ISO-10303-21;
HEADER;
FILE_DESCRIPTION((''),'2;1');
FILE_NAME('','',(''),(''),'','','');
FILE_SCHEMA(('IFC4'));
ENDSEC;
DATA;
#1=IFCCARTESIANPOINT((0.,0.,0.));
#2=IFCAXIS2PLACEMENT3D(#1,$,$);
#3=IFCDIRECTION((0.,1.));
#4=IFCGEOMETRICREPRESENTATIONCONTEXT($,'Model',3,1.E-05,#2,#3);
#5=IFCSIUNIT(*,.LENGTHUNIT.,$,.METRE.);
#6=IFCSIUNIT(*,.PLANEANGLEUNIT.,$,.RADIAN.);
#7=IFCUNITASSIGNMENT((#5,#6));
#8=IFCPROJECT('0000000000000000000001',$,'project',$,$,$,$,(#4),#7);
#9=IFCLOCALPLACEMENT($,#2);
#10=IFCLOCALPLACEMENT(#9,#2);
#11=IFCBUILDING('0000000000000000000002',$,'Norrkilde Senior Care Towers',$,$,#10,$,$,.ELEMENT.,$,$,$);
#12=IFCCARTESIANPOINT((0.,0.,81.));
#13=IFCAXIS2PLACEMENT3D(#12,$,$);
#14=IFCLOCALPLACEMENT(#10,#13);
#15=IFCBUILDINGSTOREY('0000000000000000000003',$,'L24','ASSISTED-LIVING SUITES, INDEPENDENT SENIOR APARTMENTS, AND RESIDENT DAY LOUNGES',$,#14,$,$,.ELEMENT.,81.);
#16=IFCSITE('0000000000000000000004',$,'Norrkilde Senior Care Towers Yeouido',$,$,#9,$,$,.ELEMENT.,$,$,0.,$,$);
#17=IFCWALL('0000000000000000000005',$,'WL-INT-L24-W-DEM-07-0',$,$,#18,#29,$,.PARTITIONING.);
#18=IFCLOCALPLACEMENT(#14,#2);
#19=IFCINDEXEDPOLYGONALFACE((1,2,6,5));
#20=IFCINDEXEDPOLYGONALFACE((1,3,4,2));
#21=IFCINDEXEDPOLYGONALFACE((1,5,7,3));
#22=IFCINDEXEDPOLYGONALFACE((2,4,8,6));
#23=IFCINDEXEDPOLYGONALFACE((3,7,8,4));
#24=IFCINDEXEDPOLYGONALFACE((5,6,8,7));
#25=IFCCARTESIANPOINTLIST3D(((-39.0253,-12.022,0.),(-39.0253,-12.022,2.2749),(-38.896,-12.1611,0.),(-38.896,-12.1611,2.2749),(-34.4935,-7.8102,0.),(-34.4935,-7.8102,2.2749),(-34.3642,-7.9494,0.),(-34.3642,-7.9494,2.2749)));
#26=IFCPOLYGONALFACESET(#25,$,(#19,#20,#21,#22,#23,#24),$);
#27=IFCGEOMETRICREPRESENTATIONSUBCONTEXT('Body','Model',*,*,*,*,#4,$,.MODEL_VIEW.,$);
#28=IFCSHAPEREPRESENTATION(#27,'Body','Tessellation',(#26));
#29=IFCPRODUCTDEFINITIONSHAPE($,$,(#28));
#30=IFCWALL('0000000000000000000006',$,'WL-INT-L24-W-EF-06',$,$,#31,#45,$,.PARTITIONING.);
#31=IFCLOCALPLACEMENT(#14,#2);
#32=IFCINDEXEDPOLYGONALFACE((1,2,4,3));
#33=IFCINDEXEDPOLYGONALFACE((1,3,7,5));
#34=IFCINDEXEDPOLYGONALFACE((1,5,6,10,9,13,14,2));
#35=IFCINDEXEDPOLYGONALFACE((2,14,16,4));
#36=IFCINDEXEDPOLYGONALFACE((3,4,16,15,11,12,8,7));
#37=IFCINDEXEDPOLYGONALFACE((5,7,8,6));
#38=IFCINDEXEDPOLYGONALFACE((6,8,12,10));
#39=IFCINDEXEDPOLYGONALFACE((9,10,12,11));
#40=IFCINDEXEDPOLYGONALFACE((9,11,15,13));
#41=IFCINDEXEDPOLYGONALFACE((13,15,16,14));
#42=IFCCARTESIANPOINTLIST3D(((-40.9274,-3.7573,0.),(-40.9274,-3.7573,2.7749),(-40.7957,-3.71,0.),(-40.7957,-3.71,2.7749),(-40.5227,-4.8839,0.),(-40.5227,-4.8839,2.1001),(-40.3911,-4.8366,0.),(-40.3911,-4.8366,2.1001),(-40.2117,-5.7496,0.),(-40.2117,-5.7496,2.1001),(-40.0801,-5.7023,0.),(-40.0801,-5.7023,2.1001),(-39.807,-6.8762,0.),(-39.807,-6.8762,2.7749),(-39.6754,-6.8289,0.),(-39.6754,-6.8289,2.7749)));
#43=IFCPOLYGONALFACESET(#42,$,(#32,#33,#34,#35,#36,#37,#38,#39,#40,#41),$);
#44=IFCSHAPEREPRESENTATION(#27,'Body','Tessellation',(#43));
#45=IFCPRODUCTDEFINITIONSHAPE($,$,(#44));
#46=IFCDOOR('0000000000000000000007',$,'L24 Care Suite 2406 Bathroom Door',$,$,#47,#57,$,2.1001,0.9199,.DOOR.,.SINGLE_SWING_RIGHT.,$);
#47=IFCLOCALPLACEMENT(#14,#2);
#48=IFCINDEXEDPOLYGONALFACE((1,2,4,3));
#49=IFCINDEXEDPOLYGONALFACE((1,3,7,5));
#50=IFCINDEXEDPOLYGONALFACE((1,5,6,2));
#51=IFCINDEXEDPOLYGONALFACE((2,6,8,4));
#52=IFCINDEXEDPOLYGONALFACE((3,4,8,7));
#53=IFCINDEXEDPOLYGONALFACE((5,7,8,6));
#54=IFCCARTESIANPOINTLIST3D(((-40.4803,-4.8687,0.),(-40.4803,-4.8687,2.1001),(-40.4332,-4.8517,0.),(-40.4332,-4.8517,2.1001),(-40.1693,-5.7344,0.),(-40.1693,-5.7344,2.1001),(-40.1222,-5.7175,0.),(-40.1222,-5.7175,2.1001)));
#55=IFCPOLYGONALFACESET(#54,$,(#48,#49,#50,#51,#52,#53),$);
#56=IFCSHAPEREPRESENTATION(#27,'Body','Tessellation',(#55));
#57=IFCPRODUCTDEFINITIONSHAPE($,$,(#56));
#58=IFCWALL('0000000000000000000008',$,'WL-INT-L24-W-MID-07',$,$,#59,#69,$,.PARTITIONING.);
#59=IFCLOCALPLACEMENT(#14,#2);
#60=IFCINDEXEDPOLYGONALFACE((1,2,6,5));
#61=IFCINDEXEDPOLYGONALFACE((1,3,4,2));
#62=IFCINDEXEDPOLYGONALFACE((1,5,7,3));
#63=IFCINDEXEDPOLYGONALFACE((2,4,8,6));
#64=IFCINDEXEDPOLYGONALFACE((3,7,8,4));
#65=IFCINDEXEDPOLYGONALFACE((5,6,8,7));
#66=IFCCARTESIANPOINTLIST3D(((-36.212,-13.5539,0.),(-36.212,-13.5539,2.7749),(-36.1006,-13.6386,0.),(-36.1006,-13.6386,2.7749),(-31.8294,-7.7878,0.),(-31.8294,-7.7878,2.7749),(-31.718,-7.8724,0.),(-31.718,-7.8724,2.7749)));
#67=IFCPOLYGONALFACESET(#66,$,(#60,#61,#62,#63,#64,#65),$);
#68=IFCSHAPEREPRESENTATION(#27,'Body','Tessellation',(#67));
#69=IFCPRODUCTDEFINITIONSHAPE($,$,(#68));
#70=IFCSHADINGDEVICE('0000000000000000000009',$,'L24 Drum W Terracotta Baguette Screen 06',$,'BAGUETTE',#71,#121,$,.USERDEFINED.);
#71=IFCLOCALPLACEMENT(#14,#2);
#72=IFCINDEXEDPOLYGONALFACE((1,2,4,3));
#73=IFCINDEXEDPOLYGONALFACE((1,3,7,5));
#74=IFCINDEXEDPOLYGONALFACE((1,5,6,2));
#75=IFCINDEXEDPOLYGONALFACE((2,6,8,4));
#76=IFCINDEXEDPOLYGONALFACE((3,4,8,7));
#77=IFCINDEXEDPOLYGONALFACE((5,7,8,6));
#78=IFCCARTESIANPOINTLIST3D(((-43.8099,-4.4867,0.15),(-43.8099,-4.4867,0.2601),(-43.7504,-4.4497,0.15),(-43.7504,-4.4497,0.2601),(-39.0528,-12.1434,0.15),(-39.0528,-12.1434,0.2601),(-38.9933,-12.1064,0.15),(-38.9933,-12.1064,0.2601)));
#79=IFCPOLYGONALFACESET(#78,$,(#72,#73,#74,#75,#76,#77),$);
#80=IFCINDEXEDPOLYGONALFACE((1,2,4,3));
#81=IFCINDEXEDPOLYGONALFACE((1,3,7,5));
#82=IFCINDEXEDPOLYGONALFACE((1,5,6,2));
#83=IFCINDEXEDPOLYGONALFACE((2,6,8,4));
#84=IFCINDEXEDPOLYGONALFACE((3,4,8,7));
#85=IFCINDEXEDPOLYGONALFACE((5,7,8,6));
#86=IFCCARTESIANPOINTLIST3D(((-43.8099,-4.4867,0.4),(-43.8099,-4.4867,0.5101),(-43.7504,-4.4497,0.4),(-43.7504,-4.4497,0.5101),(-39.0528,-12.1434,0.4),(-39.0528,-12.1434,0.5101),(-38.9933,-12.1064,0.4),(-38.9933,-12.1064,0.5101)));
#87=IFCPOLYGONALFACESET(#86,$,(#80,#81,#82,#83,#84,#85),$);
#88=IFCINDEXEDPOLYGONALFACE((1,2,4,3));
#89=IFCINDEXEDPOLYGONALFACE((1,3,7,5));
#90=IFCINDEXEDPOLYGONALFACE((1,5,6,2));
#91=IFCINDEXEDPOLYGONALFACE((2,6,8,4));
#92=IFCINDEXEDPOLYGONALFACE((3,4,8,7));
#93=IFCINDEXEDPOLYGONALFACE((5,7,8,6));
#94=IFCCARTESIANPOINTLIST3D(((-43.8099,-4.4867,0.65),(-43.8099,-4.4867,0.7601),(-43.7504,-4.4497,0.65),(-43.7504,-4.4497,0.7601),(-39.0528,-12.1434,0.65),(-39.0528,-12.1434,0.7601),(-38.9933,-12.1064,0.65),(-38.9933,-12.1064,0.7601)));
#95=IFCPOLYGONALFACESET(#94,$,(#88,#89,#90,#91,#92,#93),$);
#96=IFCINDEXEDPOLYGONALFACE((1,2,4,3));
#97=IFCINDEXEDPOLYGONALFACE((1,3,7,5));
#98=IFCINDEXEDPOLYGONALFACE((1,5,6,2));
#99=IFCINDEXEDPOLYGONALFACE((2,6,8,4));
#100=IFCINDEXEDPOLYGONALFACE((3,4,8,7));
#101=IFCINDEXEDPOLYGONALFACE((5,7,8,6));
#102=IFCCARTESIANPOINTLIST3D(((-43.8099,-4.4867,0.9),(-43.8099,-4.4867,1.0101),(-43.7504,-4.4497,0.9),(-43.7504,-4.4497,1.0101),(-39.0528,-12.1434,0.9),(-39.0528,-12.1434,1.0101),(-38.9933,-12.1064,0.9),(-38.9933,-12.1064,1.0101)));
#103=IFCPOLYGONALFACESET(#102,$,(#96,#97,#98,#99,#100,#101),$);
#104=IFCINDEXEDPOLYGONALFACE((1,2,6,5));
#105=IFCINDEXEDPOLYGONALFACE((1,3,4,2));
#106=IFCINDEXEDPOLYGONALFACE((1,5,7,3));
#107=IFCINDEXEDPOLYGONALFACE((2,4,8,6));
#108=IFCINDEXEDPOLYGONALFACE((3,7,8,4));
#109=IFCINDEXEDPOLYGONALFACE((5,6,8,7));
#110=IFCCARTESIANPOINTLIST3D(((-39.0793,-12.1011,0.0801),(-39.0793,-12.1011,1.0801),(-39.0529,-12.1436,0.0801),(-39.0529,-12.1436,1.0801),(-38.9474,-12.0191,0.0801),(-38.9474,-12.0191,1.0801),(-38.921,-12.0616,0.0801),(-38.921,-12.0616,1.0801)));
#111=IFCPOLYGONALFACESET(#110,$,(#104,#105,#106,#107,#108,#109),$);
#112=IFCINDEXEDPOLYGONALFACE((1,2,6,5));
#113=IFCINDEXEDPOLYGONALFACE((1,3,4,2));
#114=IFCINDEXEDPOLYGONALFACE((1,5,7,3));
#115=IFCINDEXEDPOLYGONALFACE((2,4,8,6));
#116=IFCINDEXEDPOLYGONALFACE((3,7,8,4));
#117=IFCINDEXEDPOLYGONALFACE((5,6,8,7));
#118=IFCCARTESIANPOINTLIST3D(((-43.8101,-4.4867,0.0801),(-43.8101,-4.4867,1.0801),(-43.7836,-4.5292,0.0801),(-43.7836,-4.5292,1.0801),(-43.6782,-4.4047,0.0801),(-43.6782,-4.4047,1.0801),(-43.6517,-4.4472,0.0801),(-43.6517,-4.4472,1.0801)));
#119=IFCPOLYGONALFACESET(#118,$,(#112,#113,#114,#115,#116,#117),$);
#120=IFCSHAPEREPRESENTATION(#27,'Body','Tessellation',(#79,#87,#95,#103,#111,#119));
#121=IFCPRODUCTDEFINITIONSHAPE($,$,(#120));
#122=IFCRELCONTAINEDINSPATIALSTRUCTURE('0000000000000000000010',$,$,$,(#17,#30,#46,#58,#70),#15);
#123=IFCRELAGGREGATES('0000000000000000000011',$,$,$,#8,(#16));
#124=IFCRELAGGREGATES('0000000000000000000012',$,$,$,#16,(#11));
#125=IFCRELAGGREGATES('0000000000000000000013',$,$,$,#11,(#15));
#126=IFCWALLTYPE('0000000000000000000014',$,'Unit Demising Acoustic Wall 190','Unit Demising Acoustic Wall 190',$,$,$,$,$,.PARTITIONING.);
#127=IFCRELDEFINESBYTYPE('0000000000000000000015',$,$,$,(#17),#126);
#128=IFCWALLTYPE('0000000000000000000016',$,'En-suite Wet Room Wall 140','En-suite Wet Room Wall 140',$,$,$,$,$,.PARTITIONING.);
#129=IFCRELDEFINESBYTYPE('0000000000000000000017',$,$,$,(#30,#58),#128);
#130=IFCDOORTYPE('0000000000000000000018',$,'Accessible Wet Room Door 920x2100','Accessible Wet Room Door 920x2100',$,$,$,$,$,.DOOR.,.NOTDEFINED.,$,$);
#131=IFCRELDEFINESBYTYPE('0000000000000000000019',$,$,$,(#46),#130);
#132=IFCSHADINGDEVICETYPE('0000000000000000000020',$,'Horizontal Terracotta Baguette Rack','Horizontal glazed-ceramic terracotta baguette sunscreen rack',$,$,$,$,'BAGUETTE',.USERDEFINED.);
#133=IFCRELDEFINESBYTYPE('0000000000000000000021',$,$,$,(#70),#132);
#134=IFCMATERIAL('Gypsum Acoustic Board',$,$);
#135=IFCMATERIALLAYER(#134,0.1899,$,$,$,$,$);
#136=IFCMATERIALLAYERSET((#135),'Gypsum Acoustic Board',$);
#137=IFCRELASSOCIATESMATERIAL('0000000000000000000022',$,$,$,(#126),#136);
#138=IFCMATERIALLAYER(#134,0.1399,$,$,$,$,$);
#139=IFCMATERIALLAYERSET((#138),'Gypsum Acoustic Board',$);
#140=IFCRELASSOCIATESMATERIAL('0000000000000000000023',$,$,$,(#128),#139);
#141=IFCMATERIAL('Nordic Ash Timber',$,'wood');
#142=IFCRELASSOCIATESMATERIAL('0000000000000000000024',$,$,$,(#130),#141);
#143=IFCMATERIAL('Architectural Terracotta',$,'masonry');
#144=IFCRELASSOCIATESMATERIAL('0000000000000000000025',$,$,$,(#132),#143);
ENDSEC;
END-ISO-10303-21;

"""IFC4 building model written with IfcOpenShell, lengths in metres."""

from ifc_helpers import new_model, si_unit, direction, frame, frame_2d, origin, origin_2d, place, context, subcontext, project, spatial, rectangle, extrude, source, transform, mapped, material, layer, layer_set, type_object, type_shapes, element, fill, save


model = new_model("IFC4")

# Units and contexts
model_context = context("Model", 3, precision=1e-05, world=origin(), true_north=direction((0.0, 1.0)))
body_context = subcontext(model_context, "Body", "Model", "MODEL_VIEW")
ifc_project = project(units=[si_unit("LENGTHUNIT", "METRE"), si_unit("PLANEANGLEUNIT", "RADIAN")], contexts=[model_context])

# Site, building, storey
site_placement = place(None, origin())
site = spatial("IfcSite", under=ifc_project, at=site_placement, Name="Norrkilde Senior Care Towers Yeouido", CompositionType="ELEMENT", RefElevation=0.0)
building_placement = place(site_placement, origin())
building = spatial("IfcBuilding", under=site, at=building_placement, Name="Norrkilde Senior Care Towers", CompositionType="ELEMENT")
storey_placement = place(building_placement, frame((0.0, 0.0, 81.0)))
storey = spatial("IfcBuildingStorey", under=building, at=storey_placement, Name="L24", Description="ASSISTED-LIVING SUITES, INDEPENDENT SENIOR APARTMENTS, AND RESIDENT DAY LOUNGES", CompositionType="ELEMENT", Elevation=81.0)

# Shared definitions
ifc_material_1 = material(Name="Gypsum Acoustic Board")
ifc_material_2 = material(Name="Nordic Ash Timber", Category="wood")

# Wall
ifc_layer_1 = layer(ifc_material_1, 0.1899)
ifc_layer_set_1 = layer_set([ifc_layer_1], Name="Gypsum Acoustic Board")
wall_type_1 = type_object("IfcWallType", Name="Unit Demising Acoustic Wall 190", Description="Unit Demising Acoustic Wall 190", PredefinedType="PARTITIONING", material=ifc_layer_set_1)
shared_shape_1 = source(origin(), body_context, "Body", "SweptSolid", [
    extrude(rectangle(XDim=6.1868, YDim=0.1899, at=frame_2d((3.0933, 0.0))), origin(), (0.0, 0.0, 1.0), 2.2749),
])
type_shapes(wall_type_1, [shared_shape_1])
wall_1_placement = place(storey_placement, frame((-34.429, -7.8799, 0.0), z_axis=(0.0, 0.0, 1.0), x_axis=(-0.732501, -0.680766, 0.0)))
element("IfcWall", 1, at=wall_1_placement, inside=storey, type_object=wall_type_1, Name="WL-INT-L24-W-DEM-07-0", PredefinedType="PARTITIONING", context=body_context, shape_type="MappedRepresentation", body=[
    mapped(shared_shape_1, transform((0.0, 0.0, 0.0), x_axis=(1.0, 0.0, 0.0), y_axis=(0.0, 1.0, 0.0), z_axis=(0.0, 0.0, 1.0), scale=1.0)),
])

# Wall, opening, door
ifc_layer_2 = layer(ifc_material_1, 0.1399)
ifc_layer_set_2 = layer_set([ifc_layer_2], Name="Gypsum Acoustic Board")
wall_type_2 = type_object("IfcWallType", Name="En-suite Wet Room Wall 140", Description="En-suite Wet Room Wall 140", PredefinedType="PARTITIONING", material=ifc_layer_set_2)
shared_shape_2 = source(origin(), body_context, "Body", "SweptSolid", [
    extrude(rectangle(XDim=3.314, YDim=0.1399, at=frame_2d((1.657, 0.0))), origin(), (0.0, 0.0, 1.0), 2.7749),
])
wall_2_placement = place(storey_placement, frame((-39.7412, -6.8525, 0.0), z_axis=(0.0, 0.0, 1.0), x_axis=(-0.338067, 0.941122, 0.0)))
wall_2 = element("IfcWall", 2, at=wall_2_placement, inside=storey, type_object=wall_type_2, Name="WL-INT-L24-W-EF-06", PredefinedType="PARTITIONING", context=body_context, shape_type="MappedRepresentation", body=[
    mapped(shared_shape_2, transform((0.0, 0.0, 0.0), x_axis=(1.0, 0.0, 0.0), y_axis=(0.0, 1.0, 0.0), z_axis=(0.0, 0.0, 1.0), scale=1.0)),
])
opening_1_placement = place(wall_2_placement, frame((1.197, 0.0, 0.0)))
opening_1 = element("IfcOpeningElement", 3, at=opening_1_placement, cuts=wall_2, PredefinedType="OPENING", context=body_context, shape_type="SweptSolid", body=[
    extrude(rectangle(XDim=0.9199, YDim=2.1001, at=frame_2d((0.46, 1.05))), frame((0.0, 0.0798, 0.0), z_axis=(0.0, -1.0, 0.0), x_axis=(1.0, 0.0, 0.0)), (0.0, 0.0, 1.0), 0.1599),
])
door_type_1 = type_object("IfcDoorType", Name="Accessible Wet Room Door 920x2100", Description="Accessible Wet Room Door 920x2100", OperationType="NOTDEFINED", PredefinedType="DOOR", material=ifc_material_2)
shared_shape_3 = source(origin(), body_context, "Body", "SweptSolid", [
    extrude(rectangle(XDim=0.9199, YDim=2.1001, at=frame_2d((0.46, 1.05))), frame((0.0, 0.0249, 0.0), z_axis=(0.0, -1.0, 0.0), x_axis=(1.0, 0.0, 0.0)), (0.0, 0.0, 1.0), 0.05),
])
type_shapes(door_type_1, [shared_shape_3])
door_1_placement = place(opening_1_placement, origin())
door_1 = element("IfcDoor", 4, at=door_1_placement, inside=storey, type_object=door_type_1, Name="L24 Care Suite 2406 Bathroom Door", OperationType="SINGLE_SWING_RIGHT", OverallHeight=2.1001, OverallWidth=0.9199, PredefinedType="DOOR", context=body_context, shape_type="MappedRepresentation", body=[
    mapped(shared_shape_3, transform((0.0, 0.0, 0.0), x_axis=(1.0, 0.0, 0.0), y_axis=(0.0, 1.0, 0.0), z_axis=(0.0, 0.0, 1.0), scale=1.0)),
])
fill(opening_1, door_1)

# Wall
shared_shape_4 = source(origin(), body_context, "Body", "SweptSolid", [
    extrude(rectangle(XDim=7.2427, YDim=0.1399, at=frame_2d((3.6213, 0.0))), origin(), (0.0, 0.0, 1.0), 2.7749),
])
type_shapes(wall_type_2, [shared_shape_2, shared_shape_4])
wall_3_placement = place(storey_placement, frame((-31.7737, -7.8301, 0.0), z_axis=(0.0, 0.0, 1.0), x_axis=(-0.605111, -0.796141, 0.0)))
element("IfcWall", 5, at=wall_3_placement, inside=storey, type_object=wall_type_2, Name="WL-INT-L24-W-MID-07", PredefinedType="PARTITIONING", context=body_context, shape_type="MappedRepresentation", body=[
    mapped(shared_shape_4, transform((0.0, 0.0, 0.0), x_axis=(1.0, 0.0, 0.0), y_axis=(0.0, 1.0, 0.0), z_axis=(0.0, 0.0, 1.0), scale=1.0)),
])

# Shading device
ifc_material_3 = material(Name="Architectural Terracotta", Category="masonry")
shading_device_type = type_object("IfcShadingDeviceType", Name="Horizontal Terracotta Baguette Rack", Description="Horizontal glazed-ceramic terracotta baguette sunscreen rack", ElementType="BAGUETTE", PredefinedType="USERDEFINED", material=ifc_material_3)
shared_shape_5 = source(origin(), body_context, "Body", "SweptSolid", [
    extrude(rectangle(XDim=0.0701, YDim=0.1101, at=origin_2d()), frame((0.0, 0.0901, 0.125), z_axis=(1.0, 0.0, 0.0), x_axis=(0.0, 1.0, 0.0)), (0.0, 0.0, 1.0), 9.0142),
    extrude(rectangle(XDim=0.0701, YDim=0.1101, at=origin_2d()), frame((0.0, 0.0901, 0.375), z_axis=(1.0, 0.0, 0.0), x_axis=(0.0, 1.0, 0.0)), (0.0, 0.0, 1.0), 9.0142),
    extrude(rectangle(XDim=0.0701, YDim=0.1101, at=origin_2d()), frame((0.0, 0.0901, 0.625), z_axis=(1.0, 0.0, 0.0), x_axis=(0.0, 1.0, 0.0)), (0.0, 0.0, 1.0), 9.0142),
    extrude(rectangle(XDim=0.0701, YDim=0.1101, at=origin_2d()), frame((0.0, 0.0901, 0.875), z_axis=(1.0, 0.0, 0.0), x_axis=(0.0, 1.0, 0.0)), (0.0, 0.0, 1.0), 9.0142),
    extrude(rectangle(XDim=0.05, YDim=0.1553, at=origin_2d()), frame((0.0249, 0.0476, 0.0)), (0.0, 0.0, 1.0), 1.0),
    extrude(rectangle(XDim=0.05, YDim=0.1553, at=origin_2d()), frame((8.9893, 0.0476, 0.0)), (0.0, 0.0, 1.0), 1.0),
])
type_shapes(shading_device_type, [shared_shape_5])
shading_device_placement = place(storey_placement, frame((-38.9465, -12.0774, 0.0801), z_axis=(0.0, 0.0, 1.0), x_axis=(-0.527734, 0.849412, 0.0)))
element("IfcShadingDevice", 6, at=shading_device_placement, inside=storey, type_object=shading_device_type, Name="L24 Drum W Terracotta Baguette Screen 06", ObjectType="BAGUETTE", PredefinedType="USERDEFINED", context=body_context, shape_type="MappedRepresentation", body=[
    mapped(shared_shape_5, transform((0.0, 0.0, 0.0), x_axis=(1.0, 0.0, 0.0), y_axis=(0.0, 1.0, 0.0), z_axis=(0.0, 0.0, 1.0), scale=1.0)),
])

save(model, "model.ifc")
